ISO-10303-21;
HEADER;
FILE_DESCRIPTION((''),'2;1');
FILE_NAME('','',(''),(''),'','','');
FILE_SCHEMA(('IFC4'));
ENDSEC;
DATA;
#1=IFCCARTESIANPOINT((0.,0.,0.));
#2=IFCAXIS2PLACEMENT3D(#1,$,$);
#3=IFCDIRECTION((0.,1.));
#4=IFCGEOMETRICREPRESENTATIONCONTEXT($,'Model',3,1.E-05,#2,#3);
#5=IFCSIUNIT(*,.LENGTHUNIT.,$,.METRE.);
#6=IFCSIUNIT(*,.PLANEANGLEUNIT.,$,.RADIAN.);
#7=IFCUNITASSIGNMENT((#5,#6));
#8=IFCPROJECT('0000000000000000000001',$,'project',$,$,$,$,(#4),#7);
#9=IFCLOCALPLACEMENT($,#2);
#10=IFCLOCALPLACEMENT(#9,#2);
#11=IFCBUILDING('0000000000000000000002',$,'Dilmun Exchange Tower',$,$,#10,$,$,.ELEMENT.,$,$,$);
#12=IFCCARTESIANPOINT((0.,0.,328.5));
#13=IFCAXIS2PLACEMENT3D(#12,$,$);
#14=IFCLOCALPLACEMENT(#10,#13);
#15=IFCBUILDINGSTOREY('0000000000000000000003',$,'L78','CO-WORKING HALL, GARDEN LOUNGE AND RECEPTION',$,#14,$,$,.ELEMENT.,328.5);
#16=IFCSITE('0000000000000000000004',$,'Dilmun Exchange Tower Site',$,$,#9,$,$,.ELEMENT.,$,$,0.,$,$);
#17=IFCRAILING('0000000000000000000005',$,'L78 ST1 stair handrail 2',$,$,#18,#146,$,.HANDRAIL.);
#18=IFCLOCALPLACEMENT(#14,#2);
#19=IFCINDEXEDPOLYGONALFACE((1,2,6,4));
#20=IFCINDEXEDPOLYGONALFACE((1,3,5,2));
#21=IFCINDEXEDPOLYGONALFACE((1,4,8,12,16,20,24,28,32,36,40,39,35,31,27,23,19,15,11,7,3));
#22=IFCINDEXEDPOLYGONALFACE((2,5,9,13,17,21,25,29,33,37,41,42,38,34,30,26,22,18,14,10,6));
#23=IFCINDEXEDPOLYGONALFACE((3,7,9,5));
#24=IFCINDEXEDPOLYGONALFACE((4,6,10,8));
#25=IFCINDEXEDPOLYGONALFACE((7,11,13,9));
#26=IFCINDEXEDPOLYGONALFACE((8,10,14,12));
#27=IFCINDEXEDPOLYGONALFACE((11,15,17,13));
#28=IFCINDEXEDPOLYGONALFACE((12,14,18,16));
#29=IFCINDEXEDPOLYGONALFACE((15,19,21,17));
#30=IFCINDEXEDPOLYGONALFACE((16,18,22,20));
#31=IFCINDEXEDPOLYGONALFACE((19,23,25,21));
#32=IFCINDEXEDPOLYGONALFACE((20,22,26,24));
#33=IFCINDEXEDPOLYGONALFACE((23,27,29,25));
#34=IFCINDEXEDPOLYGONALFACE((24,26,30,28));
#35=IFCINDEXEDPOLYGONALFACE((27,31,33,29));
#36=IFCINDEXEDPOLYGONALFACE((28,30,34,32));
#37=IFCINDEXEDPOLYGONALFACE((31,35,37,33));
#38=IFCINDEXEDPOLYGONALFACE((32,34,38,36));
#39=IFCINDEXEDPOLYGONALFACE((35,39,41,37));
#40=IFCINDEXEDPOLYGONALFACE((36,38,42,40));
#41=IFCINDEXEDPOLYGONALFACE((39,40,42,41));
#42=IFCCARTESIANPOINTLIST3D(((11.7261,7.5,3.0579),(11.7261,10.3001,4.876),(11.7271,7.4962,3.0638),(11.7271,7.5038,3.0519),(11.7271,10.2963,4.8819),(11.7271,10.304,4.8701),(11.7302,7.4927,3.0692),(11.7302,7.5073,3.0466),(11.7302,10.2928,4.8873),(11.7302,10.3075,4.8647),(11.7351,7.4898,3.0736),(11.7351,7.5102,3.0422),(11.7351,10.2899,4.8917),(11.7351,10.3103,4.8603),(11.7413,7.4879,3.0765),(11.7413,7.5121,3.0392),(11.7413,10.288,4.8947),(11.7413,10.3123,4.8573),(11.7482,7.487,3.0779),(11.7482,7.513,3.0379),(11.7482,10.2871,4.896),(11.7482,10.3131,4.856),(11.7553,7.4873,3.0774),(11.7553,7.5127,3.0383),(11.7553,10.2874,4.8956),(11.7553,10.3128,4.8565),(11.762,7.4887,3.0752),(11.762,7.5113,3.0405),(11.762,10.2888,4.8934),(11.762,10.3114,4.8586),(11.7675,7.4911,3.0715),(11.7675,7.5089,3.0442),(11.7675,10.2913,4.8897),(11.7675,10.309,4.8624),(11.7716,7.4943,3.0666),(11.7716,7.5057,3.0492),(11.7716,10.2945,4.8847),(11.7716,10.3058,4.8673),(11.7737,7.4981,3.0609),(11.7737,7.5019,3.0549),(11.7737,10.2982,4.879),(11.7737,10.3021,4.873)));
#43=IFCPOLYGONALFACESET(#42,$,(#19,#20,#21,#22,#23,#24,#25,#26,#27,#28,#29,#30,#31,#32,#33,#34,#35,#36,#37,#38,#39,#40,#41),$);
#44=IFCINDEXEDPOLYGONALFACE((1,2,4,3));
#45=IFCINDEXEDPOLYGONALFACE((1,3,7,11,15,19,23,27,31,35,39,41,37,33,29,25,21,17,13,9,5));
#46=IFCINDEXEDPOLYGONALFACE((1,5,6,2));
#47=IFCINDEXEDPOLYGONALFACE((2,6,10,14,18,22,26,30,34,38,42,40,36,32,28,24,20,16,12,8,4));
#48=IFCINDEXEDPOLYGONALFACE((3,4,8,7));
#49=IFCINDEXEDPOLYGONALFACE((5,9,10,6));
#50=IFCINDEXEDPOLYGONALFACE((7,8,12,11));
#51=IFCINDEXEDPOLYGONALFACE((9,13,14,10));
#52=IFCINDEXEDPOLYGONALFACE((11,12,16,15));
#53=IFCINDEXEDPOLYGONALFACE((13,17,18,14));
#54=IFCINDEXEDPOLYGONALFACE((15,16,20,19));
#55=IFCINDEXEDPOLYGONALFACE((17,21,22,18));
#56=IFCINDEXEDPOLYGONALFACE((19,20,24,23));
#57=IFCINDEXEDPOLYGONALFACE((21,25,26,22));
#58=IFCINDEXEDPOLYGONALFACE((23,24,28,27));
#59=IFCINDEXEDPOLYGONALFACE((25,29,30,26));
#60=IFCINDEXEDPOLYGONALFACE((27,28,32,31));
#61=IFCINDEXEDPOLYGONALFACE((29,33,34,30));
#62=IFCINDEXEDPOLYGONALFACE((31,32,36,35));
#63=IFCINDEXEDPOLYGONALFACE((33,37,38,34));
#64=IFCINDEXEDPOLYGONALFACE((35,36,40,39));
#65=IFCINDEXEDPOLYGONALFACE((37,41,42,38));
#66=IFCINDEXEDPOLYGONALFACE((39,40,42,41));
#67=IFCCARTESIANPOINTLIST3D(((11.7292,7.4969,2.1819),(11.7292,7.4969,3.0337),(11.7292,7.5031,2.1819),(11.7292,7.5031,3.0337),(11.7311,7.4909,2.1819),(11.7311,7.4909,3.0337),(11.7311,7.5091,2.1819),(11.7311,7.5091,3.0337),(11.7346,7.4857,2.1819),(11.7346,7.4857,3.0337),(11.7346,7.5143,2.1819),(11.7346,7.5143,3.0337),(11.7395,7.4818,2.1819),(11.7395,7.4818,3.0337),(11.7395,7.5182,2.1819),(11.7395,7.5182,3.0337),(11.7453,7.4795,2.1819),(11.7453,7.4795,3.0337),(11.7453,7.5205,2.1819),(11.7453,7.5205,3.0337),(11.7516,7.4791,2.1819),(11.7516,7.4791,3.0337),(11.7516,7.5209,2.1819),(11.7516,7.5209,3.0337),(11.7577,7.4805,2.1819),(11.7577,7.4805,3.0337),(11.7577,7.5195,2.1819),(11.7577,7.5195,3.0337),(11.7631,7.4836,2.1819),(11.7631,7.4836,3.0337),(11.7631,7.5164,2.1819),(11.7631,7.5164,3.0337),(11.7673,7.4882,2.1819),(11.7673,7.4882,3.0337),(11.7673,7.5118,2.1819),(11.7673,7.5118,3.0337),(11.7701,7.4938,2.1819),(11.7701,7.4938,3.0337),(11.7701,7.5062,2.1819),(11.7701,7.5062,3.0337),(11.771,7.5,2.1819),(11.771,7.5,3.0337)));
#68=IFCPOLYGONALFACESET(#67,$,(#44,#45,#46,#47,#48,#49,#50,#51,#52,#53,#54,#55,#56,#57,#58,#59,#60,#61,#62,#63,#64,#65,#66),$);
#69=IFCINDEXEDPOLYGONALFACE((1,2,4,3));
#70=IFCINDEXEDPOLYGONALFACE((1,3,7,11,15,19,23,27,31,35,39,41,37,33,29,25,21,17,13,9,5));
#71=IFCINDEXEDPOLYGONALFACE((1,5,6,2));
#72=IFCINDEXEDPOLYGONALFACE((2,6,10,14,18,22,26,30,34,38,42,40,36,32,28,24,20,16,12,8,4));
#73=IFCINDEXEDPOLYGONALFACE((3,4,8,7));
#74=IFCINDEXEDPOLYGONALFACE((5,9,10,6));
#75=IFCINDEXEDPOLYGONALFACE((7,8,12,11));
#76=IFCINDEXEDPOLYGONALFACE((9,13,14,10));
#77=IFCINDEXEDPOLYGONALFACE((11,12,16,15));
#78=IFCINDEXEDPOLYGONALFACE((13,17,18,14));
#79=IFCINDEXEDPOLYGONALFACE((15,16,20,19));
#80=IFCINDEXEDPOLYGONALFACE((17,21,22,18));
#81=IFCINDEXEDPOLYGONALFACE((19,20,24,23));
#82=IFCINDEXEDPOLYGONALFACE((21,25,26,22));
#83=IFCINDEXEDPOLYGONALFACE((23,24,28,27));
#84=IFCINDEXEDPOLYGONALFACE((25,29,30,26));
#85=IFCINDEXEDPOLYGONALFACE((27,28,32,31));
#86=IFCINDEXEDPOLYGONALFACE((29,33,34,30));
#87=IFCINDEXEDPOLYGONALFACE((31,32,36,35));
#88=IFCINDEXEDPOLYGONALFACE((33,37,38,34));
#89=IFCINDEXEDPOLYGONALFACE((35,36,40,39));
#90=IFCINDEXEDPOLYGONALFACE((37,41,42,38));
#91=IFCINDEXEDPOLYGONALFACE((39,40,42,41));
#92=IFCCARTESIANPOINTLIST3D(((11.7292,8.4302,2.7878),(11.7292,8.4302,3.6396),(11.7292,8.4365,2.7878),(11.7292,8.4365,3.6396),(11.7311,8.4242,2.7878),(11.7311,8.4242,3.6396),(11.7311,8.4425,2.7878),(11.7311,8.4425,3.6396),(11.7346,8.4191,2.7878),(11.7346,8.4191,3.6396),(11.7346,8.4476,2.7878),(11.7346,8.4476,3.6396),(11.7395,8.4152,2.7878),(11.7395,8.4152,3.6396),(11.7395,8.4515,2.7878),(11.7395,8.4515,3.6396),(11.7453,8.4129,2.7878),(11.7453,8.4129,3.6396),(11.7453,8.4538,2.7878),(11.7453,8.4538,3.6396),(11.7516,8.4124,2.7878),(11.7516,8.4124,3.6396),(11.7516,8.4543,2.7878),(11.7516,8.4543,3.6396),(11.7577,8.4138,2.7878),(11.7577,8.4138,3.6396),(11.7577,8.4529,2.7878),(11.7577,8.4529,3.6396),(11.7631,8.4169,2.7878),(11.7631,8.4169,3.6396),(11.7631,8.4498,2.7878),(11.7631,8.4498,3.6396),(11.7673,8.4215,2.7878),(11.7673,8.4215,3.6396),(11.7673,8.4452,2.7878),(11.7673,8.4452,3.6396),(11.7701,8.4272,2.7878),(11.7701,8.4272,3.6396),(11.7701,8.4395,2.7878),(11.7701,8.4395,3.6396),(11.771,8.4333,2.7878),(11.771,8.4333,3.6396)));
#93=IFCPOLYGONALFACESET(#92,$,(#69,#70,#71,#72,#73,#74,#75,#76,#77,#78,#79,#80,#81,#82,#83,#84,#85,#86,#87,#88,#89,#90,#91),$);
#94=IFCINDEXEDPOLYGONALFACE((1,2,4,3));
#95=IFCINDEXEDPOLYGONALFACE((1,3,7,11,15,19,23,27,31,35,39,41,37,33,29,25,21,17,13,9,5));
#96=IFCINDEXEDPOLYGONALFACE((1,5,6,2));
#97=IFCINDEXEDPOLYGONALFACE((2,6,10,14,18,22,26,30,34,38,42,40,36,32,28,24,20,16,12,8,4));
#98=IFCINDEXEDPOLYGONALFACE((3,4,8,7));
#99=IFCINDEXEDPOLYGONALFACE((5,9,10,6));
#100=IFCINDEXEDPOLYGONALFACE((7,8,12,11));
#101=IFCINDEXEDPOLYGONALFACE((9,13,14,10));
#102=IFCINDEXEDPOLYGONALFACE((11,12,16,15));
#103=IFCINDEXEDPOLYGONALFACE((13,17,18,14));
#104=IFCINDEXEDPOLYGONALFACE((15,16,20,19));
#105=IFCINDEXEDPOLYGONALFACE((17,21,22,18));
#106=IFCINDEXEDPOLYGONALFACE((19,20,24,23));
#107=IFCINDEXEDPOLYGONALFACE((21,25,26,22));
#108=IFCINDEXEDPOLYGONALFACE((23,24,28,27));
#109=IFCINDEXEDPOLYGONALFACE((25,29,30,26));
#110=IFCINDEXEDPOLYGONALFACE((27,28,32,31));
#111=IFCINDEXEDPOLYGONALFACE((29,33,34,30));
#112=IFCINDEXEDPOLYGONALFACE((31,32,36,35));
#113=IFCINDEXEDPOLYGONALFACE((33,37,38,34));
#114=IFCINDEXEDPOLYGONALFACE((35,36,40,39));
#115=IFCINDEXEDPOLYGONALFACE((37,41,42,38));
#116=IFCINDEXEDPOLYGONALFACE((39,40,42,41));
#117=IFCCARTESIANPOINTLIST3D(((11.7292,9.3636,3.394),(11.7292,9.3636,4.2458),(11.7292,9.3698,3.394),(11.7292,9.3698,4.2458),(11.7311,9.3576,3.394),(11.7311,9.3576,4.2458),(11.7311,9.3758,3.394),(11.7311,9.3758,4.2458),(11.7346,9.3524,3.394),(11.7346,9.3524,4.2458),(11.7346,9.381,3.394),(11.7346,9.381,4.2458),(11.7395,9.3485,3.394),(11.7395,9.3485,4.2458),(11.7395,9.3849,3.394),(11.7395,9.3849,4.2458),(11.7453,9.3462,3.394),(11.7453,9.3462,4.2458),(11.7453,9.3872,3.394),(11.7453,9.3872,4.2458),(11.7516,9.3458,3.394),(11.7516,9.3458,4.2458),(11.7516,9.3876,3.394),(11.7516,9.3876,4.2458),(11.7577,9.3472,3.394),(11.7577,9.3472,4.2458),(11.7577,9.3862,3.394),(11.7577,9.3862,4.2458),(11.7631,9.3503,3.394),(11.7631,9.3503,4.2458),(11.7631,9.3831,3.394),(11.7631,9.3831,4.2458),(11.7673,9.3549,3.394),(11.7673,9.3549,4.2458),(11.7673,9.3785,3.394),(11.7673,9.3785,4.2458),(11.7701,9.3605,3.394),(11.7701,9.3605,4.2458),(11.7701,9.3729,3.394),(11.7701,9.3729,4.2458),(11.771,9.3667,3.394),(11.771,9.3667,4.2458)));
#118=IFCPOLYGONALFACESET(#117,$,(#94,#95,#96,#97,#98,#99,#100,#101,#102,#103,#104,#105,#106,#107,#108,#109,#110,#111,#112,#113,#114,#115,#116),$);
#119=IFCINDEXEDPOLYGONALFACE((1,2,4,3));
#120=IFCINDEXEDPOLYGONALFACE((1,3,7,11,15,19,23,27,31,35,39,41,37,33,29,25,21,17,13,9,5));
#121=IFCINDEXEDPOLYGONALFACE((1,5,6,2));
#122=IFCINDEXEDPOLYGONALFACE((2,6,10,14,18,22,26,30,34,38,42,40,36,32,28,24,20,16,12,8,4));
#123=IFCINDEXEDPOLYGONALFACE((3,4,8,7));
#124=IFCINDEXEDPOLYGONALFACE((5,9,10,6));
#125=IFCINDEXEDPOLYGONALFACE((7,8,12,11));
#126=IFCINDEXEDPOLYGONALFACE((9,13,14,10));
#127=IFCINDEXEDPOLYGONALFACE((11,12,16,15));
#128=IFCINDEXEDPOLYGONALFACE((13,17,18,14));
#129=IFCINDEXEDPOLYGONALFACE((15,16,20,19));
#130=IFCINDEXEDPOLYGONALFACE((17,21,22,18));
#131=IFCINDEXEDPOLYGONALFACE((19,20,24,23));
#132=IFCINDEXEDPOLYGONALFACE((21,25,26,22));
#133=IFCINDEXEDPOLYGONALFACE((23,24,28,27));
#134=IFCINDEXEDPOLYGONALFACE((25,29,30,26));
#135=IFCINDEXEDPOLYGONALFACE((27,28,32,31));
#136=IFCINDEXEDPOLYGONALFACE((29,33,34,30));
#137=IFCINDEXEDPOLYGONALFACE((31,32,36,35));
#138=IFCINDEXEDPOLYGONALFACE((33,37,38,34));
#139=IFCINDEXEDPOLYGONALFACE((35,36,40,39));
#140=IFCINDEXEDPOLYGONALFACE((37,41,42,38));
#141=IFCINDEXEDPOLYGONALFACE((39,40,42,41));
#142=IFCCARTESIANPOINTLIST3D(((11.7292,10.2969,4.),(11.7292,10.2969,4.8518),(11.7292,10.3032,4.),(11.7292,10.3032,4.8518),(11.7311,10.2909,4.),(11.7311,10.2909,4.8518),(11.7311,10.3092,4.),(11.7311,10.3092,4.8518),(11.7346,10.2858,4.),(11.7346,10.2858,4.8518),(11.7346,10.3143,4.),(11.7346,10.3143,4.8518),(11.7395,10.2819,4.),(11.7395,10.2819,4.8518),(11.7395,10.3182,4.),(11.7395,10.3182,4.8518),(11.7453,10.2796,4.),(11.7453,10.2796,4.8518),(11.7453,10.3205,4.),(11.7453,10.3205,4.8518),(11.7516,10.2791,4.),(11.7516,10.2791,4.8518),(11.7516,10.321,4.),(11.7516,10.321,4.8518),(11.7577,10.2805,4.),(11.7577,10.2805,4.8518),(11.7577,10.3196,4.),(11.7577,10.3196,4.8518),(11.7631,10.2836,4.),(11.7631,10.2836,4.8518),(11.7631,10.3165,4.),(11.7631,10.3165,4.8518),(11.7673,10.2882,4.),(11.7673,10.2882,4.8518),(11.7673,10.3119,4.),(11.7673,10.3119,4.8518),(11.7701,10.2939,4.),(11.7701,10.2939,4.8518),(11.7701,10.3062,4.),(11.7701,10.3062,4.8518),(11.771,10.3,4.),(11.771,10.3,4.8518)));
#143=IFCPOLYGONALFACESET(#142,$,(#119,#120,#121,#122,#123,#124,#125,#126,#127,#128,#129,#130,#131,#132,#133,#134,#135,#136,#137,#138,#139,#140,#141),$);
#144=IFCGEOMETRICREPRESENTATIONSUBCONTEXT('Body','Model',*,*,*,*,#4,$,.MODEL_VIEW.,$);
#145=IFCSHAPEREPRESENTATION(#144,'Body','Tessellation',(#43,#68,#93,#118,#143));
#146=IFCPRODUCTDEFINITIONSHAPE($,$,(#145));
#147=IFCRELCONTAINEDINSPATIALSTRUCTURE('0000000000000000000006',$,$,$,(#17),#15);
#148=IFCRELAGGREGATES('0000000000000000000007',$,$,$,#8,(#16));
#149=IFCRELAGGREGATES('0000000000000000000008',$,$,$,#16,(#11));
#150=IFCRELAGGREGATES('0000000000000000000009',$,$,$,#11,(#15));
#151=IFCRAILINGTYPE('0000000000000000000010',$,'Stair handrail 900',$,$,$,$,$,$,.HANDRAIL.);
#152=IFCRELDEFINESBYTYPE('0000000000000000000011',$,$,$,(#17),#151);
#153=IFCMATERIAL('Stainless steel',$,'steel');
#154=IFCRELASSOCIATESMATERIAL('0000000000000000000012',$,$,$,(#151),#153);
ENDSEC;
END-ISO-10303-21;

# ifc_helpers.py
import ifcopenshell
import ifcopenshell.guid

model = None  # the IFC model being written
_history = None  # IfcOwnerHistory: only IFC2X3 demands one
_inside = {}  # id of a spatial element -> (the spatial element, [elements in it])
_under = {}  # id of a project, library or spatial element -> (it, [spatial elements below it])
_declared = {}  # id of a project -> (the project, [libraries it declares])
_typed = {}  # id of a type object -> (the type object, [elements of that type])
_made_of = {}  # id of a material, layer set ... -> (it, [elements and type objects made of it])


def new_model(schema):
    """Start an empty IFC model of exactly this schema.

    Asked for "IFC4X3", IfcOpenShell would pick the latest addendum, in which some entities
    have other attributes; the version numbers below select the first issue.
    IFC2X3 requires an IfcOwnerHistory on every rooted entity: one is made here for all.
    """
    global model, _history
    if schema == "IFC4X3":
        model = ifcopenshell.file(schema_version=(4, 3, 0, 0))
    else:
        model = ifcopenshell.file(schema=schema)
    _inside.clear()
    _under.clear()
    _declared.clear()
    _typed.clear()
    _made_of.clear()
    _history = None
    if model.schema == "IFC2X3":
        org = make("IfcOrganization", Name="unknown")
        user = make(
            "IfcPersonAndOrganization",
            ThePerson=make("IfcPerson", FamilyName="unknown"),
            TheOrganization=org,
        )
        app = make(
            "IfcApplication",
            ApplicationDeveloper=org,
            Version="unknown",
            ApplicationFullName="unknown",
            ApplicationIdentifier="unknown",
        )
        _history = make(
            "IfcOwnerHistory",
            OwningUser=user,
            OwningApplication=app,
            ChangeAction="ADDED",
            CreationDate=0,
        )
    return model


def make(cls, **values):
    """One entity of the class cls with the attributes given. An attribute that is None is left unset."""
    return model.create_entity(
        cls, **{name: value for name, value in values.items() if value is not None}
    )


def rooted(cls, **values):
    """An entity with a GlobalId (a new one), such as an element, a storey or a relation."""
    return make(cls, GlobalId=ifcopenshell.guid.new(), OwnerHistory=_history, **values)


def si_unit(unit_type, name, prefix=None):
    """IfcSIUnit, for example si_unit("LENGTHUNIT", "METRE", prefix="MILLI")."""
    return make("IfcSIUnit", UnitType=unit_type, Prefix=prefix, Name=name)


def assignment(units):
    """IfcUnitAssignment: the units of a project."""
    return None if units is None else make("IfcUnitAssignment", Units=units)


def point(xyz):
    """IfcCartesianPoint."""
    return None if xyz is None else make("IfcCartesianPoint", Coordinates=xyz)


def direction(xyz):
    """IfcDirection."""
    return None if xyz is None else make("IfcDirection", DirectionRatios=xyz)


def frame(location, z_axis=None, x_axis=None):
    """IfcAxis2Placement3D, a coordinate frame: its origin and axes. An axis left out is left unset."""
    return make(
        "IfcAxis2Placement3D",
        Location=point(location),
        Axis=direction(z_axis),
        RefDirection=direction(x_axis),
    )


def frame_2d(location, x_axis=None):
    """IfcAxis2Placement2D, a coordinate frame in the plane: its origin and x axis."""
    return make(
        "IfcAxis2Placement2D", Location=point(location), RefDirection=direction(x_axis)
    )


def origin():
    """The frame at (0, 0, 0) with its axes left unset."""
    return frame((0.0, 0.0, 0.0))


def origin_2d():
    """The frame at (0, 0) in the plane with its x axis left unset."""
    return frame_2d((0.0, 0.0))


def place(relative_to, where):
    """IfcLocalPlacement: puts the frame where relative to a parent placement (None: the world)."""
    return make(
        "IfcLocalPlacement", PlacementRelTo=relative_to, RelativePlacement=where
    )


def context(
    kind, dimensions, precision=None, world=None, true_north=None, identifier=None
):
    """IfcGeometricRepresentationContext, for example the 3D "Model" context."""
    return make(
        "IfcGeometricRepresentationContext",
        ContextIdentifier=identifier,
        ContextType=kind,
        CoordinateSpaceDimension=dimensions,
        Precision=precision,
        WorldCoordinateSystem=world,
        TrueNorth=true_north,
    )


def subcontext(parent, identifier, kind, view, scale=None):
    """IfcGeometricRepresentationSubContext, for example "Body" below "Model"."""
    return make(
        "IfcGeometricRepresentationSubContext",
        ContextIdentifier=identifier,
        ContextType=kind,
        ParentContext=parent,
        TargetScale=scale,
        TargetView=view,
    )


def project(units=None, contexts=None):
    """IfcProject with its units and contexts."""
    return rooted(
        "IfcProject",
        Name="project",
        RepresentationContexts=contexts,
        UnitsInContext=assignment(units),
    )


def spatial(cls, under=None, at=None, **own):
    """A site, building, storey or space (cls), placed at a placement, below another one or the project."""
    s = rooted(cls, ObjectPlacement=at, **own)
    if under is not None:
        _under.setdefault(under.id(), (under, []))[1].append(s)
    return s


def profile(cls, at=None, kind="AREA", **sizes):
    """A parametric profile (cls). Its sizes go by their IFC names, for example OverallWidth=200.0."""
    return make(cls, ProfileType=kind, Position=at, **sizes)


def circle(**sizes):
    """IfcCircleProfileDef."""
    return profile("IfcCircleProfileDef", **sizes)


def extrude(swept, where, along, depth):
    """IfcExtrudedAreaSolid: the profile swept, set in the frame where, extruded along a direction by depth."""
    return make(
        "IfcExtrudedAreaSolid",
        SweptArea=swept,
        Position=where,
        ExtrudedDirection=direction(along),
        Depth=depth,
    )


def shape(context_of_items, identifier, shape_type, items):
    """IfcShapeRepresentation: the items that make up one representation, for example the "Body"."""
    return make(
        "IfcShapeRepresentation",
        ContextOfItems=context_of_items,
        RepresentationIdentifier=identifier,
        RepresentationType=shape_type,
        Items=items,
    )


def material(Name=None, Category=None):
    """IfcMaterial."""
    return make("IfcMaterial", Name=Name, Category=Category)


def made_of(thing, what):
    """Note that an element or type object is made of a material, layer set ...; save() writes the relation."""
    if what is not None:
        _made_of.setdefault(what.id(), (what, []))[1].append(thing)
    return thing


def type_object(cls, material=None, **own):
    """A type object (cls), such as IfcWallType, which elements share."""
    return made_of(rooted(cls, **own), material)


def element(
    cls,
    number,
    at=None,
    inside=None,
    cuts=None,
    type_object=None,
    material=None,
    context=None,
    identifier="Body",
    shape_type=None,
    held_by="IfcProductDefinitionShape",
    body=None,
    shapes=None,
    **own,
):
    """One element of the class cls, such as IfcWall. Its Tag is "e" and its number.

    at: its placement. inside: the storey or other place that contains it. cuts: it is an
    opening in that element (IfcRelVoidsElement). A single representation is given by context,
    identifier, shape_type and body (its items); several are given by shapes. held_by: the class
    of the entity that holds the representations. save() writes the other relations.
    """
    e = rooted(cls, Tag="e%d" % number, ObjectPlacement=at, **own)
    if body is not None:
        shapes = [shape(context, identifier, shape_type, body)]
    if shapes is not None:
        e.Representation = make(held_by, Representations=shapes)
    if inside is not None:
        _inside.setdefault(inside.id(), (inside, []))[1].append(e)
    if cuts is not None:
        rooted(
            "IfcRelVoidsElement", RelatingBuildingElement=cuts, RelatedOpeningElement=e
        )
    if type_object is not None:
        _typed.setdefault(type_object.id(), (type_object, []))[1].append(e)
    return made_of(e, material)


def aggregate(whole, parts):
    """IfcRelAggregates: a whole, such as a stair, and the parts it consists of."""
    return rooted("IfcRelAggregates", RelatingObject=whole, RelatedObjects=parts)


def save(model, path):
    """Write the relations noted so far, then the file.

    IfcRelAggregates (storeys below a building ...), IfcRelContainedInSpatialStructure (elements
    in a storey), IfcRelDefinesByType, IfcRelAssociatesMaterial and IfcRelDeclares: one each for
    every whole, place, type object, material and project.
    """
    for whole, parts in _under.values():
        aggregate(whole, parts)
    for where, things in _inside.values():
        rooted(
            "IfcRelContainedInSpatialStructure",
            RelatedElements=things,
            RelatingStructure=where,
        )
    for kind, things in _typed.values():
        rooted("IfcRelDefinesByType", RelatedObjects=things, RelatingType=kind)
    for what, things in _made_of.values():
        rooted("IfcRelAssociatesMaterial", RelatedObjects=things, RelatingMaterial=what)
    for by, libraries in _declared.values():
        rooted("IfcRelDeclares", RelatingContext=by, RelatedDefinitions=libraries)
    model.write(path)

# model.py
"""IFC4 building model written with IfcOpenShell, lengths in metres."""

from ifc_helpers import new_model, si_unit, direction, frame, origin, origin_2d, place, context, subcontext, project, spatial, circle, extrude, material, type_object, element, save


model = new_model("IFC4")

# Units and contexts
model_context = context("Model", 3, precision=1e-05, world=origin(), true_north=direction((0.0, 1.0)))
body_context = subcontext(model_context, "Body", "Model", "MODEL_VIEW")
ifc_project = project(units=[si_unit("LENGTHUNIT", "METRE"), si_unit("PLANEANGLEUNIT", "RADIAN")], contexts=[model_context])

# Site, building, storey
site_placement = place(None, origin())
site = spatial("IfcSite", under=ifc_project, at=site_placement, Name="Dilmun Exchange Tower Site", CompositionType="ELEMENT", RefElevation=0.0)
building_placement = place(site_placement, origin())
building = spatial("IfcBuilding", under=site, at=building_placement, Name="Dilmun Exchange Tower", CompositionType="ELEMENT")
storey_placement = place(building_placement, frame((0.0, 0.0, 328.5)))
storey = spatial("IfcBuildingStorey", under=building, at=storey_placement, Name="L78", Description="CO-WORKING HALL, GARDEN LOUNGE AND RECEPTION", CompositionType="ELEMENT", Elevation=328.5)

# Railing
ifc_material_1 = material(Name="Stainless steel", Category="steel")
railing_type = type_object("IfcRailingType", Name="Stair handrail 900", PredefinedType="HANDRAIL", material=ifc_material_1)
railing_1_placement = place(storey_placement, frame((11.75, 7.5, 2.1819)))
element("IfcRailing", 1, at=railing_1_placement, inside=storey, type_object=railing_type, Name="L78 ST1 stair handrail 2", PredefinedType="HANDRAIL", context=body_context, shape_type="SweptSolid", body=[
    extrude(circle(Radius=0.0239, at=origin_2d()), frame((0.0, 0.0, 0.876), z_axis=(0.0, 0.838706, 0.544585), x_axis=(-1.0, 0.0, 0.0)), (0.0, 0.0, 1.0), 3.3386),
    extrude(circle(Radius=0.021, at=origin_2d()), origin(), (0.0, 0.0, 1.0), 0.8518),
    extrude(circle(Radius=0.021, at=origin_2d()), frame((0.0, 0.9333, 0.606)), (0.0, 0.0, 1.0), 0.8518),
    extrude(circle(Radius=0.021, at=origin_2d()), frame((0.0, 1.8667, 1.2122)), (0.0, 0.0, 1.0), 0.8518),
    extrude(circle(Radius=0.021, at=origin_2d()), frame((0.0, 2.8, 1.8181)), (0.0, 0.0, 1.0), 0.8518),
])

save(model, "model.ifc")
